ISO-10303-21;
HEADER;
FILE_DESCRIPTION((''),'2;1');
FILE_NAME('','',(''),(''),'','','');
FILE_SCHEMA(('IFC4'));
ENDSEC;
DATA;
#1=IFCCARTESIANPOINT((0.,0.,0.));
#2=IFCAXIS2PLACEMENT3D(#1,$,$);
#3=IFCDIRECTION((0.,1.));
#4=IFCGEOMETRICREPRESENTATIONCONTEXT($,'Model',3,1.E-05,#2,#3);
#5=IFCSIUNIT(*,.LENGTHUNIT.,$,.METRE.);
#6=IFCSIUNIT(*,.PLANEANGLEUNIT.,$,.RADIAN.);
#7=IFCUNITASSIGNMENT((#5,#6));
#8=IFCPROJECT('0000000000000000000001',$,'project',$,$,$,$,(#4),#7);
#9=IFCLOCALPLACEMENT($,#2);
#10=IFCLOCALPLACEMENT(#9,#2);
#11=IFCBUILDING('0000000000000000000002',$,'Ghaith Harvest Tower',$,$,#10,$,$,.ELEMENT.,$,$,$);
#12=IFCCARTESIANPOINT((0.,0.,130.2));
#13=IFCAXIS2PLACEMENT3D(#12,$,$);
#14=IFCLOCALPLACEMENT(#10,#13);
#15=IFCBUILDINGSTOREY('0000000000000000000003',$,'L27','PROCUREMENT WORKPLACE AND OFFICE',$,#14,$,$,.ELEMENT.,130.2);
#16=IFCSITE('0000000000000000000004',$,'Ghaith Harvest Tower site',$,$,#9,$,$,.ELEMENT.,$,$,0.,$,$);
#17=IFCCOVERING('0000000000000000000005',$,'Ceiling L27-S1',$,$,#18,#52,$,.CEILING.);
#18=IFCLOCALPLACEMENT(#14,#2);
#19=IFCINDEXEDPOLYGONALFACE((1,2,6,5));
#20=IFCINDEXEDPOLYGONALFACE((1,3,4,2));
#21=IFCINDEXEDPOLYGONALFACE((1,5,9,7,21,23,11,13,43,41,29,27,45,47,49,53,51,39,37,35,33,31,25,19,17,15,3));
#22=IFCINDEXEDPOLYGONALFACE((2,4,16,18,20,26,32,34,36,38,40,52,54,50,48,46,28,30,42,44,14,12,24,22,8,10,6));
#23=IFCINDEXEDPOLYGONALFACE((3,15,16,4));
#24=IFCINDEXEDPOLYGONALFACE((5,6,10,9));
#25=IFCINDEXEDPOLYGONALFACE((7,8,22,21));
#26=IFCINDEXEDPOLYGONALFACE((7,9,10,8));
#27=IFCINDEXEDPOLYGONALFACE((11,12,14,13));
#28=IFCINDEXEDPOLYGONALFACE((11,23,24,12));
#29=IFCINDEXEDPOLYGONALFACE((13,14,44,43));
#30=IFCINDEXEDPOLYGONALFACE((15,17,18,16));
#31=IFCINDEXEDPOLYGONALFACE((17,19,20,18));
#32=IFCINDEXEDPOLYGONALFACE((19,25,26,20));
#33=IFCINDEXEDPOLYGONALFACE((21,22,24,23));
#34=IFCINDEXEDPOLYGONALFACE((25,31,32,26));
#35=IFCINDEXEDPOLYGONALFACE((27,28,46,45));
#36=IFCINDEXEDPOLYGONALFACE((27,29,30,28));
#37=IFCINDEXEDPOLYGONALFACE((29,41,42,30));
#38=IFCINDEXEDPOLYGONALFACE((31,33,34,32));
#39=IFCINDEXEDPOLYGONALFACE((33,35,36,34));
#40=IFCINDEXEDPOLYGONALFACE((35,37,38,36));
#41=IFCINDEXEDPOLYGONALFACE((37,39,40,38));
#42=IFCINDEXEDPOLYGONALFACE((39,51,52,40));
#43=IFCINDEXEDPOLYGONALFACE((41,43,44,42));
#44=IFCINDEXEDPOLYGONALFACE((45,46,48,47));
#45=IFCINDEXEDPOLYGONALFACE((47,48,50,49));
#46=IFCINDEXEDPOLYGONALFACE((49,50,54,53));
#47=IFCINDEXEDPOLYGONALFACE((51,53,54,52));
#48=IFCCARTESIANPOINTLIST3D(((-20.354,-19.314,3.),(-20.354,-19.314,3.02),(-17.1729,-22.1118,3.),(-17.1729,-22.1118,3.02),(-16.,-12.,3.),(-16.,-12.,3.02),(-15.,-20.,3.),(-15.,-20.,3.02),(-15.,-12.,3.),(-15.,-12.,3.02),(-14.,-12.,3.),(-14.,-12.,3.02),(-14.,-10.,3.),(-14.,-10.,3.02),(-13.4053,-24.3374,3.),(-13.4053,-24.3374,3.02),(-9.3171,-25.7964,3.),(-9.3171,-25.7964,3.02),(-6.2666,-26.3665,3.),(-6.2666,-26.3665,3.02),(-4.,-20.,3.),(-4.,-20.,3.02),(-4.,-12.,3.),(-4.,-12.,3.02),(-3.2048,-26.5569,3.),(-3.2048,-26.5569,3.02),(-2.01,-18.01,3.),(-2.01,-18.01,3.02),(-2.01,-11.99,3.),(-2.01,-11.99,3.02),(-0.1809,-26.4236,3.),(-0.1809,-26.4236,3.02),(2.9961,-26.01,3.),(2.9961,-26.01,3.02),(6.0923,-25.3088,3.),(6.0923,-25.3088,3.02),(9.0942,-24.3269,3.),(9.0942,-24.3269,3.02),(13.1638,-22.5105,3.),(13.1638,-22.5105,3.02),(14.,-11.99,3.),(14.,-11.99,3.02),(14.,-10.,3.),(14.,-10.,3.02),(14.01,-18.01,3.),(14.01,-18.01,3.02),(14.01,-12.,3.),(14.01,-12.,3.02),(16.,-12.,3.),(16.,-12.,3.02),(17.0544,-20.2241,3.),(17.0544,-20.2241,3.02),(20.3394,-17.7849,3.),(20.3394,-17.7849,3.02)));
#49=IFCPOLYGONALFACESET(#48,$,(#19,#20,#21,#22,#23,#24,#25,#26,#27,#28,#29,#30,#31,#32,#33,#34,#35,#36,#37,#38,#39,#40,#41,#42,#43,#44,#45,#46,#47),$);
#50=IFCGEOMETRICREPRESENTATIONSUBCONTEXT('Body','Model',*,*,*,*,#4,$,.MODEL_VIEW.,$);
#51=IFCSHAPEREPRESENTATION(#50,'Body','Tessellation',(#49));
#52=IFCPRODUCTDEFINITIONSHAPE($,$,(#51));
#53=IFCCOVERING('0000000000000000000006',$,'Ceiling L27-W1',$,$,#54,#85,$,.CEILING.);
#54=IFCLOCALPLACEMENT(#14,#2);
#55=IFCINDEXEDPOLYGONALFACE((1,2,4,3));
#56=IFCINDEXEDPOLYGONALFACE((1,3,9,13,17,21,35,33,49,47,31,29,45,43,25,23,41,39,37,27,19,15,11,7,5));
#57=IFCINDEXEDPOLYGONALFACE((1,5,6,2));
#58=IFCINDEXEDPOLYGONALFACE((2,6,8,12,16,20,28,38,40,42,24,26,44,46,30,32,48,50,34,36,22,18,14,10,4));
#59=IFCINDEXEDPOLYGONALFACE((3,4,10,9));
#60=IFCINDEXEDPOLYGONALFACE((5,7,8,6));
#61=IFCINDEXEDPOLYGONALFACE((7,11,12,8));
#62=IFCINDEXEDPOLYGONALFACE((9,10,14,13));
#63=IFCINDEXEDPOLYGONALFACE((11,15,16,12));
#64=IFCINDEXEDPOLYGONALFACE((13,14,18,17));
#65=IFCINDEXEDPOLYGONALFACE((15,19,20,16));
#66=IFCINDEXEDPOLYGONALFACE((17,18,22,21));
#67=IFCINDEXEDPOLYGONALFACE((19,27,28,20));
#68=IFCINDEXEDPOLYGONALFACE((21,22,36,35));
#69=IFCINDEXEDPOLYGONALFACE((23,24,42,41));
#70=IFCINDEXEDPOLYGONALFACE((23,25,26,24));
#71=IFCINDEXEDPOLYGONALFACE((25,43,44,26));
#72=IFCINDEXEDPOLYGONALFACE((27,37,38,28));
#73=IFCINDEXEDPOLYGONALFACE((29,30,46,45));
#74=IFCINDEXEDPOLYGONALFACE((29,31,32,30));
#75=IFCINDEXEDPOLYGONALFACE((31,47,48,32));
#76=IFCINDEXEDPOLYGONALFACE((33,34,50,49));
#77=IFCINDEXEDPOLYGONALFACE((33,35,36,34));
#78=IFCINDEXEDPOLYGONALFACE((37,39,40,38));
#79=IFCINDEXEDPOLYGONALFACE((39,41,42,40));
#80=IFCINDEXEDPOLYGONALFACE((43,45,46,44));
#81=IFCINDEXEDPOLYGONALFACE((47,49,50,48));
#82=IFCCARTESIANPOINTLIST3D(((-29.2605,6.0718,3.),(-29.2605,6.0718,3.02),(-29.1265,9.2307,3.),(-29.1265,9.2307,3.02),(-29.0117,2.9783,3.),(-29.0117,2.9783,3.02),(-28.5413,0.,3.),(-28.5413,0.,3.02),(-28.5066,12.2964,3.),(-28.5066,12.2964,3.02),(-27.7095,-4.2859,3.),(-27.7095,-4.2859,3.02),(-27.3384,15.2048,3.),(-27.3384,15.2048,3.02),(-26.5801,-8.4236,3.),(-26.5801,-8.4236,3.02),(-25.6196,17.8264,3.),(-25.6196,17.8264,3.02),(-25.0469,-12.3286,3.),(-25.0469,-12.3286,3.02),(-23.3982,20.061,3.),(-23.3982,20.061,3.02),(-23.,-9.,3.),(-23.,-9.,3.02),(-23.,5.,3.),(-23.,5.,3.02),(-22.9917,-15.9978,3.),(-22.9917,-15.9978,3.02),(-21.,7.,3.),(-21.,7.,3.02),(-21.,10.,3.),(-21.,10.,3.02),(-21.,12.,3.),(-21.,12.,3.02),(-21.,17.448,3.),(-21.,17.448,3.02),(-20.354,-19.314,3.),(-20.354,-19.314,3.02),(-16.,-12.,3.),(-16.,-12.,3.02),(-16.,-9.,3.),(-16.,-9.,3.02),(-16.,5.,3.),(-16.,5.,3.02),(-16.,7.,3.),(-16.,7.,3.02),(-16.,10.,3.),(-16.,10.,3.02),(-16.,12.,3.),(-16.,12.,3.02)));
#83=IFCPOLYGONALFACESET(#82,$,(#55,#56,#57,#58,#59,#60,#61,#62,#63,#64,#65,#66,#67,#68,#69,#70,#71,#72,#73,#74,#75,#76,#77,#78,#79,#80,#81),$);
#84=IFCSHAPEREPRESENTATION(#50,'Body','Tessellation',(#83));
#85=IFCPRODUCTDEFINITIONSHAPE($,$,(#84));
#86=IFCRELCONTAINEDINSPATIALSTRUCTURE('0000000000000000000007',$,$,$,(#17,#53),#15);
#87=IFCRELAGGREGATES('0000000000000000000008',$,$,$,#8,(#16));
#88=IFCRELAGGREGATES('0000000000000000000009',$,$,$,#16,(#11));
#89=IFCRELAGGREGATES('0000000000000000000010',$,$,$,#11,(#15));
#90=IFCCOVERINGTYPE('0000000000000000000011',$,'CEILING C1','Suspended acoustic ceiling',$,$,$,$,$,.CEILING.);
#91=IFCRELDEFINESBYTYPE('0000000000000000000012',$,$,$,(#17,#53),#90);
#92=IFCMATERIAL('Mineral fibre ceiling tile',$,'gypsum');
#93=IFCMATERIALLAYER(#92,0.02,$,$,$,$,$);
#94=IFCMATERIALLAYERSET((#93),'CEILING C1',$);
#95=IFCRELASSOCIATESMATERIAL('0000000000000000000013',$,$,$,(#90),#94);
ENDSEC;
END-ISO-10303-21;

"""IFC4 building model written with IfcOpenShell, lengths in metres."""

from ifc_helpers import new_model, si_unit, direction, frame, origin, place, context, subcontext, project, spatial, polyline, outline, extrude, material, layer, layer_set, type_object, element, save


model = new_model("IFC4")

# Units and contexts
model_context = context("Model", 3, precision=1e-05, world=origin(), true_north=direction((0.0, 1.0)))
body_context = subcontext(model_context, "Body", "Model", "MODEL_VIEW")
ifc_project = project(units=[si_unit("LENGTHUNIT", "METRE"), si_unit("PLANEANGLEUNIT", "RADIAN")], contexts=[model_context])

# Site, building, storey
site_placement = place(None, origin())
site = spatial("IfcSite", under=ifc_project, at=site_placement, Name="Ghaith Harvest Tower site", CompositionType="ELEMENT", RefElevation=0.0)
building_placement = place(site_placement, origin())
building = spatial("IfcBuilding", under=site, at=building_placement, Name="Ghaith Harvest Tower", CompositionType="ELEMENT")
storey_placement = place(building_placement, frame((0.0, 0.0, 130.2)))
storey = spatial("IfcBuildingStorey", under=building, at=storey_placement, Name="L27", Description="PROCUREMENT WORKPLACE AND OFFICE", CompositionType="ELEMENT", Elevation=130.2)

# Coverings
ifc_material_1 = material(Name="Mineral fibre ceiling tile", Category="gypsum")
ifc_layer_1 = layer(ifc_material_1, 0.02)
ifc_layer_set_1 = layer_set([ifc_layer_1], Name="CEILING C1")
covering_type = type_object("IfcCoveringType", Name="CEILING C1", Description="Suspended acoustic ceiling", PredefinedType="CEILING", material=ifc_layer_set_1)
covering_1_placement = place(storey_placement, frame((0.0, 0.0, 3.0)))
element("IfcCovering", 1, at=covering_1_placement, inside=storey, type_object=covering_type, Name="Ceiling L27-S1", PredefinedType="CEILING", context=body_context, shape_type="SweptSolid", body=[
    extrude(outline(polyline([(13.1638, -22.5105), (9.0942, -24.3269), (6.0923, -25.3088), (2.9961, -26.01), (-0.1809, -26.4236), (-3.2048, -26.5569), (-6.2666, -26.3665), (-9.3171, -25.7964), (-13.4053, -24.3374), (-17.1729, -22.1118), (-20.354, -19.314), (-16.0, -12.0), (-15.0, -12.0), (-15.0, -20.0), (-4.0, -20.0), (-4.0, -12.0), (-14.0, -12.0), (-14.0, -10.0), (14.0, -10.0), (14.0, -11.99), (-2.01, -11.99), (-2.01, -18.01), (14.01, -18.01), (14.01, -12.0), (16.0, -12.0), (20.3394, -17.7849), (17.0544, -20.2241), (13.1638, -22.5105)])), origin(), (0.0, 0.0, 1.0), 0.02),
])
covering_2_placement = place(storey_placement, frame((0.0, 0.0, 3.0)))
element("IfcCovering", 2, at=covering_2_placement, inside=storey, type_object=covering_type, Name="Ceiling L27-W1", PredefinedType="CEILING", context=body_context, shape_type="SweptSolid", body=[
    extrude(outline(polyline([(-28.5413, 0.0), (-29.0117, 2.9783), (-29.2605, 6.0718), (-29.1265, 9.2307), (-28.5066, 12.2964), (-27.3384, 15.2048), (-25.6196, 17.8264), (-23.3982, 20.061), (-21.0, 17.448), (-21.0, 12.0), (-16.0, 12.0), (-16.0, 10.0), (-21.0, 10.0), (-21.0, 7.0), (-16.0, 7.0), (-16.0, 5.0), (-23.0, 5.0), (-23.0, -9.0), (-16.0, -9.0), (-16.0, -12.0), (-20.354, -19.314), (-22.9917, -15.9978), (-25.0469, -12.3286), (-26.5801, -8.4236), (-27.7095, -4.2859), (-28.5413, 0.0)])), origin(), (0.0, 0.0, 1.0), 0.02),
])

save(model, "model.ifc")
